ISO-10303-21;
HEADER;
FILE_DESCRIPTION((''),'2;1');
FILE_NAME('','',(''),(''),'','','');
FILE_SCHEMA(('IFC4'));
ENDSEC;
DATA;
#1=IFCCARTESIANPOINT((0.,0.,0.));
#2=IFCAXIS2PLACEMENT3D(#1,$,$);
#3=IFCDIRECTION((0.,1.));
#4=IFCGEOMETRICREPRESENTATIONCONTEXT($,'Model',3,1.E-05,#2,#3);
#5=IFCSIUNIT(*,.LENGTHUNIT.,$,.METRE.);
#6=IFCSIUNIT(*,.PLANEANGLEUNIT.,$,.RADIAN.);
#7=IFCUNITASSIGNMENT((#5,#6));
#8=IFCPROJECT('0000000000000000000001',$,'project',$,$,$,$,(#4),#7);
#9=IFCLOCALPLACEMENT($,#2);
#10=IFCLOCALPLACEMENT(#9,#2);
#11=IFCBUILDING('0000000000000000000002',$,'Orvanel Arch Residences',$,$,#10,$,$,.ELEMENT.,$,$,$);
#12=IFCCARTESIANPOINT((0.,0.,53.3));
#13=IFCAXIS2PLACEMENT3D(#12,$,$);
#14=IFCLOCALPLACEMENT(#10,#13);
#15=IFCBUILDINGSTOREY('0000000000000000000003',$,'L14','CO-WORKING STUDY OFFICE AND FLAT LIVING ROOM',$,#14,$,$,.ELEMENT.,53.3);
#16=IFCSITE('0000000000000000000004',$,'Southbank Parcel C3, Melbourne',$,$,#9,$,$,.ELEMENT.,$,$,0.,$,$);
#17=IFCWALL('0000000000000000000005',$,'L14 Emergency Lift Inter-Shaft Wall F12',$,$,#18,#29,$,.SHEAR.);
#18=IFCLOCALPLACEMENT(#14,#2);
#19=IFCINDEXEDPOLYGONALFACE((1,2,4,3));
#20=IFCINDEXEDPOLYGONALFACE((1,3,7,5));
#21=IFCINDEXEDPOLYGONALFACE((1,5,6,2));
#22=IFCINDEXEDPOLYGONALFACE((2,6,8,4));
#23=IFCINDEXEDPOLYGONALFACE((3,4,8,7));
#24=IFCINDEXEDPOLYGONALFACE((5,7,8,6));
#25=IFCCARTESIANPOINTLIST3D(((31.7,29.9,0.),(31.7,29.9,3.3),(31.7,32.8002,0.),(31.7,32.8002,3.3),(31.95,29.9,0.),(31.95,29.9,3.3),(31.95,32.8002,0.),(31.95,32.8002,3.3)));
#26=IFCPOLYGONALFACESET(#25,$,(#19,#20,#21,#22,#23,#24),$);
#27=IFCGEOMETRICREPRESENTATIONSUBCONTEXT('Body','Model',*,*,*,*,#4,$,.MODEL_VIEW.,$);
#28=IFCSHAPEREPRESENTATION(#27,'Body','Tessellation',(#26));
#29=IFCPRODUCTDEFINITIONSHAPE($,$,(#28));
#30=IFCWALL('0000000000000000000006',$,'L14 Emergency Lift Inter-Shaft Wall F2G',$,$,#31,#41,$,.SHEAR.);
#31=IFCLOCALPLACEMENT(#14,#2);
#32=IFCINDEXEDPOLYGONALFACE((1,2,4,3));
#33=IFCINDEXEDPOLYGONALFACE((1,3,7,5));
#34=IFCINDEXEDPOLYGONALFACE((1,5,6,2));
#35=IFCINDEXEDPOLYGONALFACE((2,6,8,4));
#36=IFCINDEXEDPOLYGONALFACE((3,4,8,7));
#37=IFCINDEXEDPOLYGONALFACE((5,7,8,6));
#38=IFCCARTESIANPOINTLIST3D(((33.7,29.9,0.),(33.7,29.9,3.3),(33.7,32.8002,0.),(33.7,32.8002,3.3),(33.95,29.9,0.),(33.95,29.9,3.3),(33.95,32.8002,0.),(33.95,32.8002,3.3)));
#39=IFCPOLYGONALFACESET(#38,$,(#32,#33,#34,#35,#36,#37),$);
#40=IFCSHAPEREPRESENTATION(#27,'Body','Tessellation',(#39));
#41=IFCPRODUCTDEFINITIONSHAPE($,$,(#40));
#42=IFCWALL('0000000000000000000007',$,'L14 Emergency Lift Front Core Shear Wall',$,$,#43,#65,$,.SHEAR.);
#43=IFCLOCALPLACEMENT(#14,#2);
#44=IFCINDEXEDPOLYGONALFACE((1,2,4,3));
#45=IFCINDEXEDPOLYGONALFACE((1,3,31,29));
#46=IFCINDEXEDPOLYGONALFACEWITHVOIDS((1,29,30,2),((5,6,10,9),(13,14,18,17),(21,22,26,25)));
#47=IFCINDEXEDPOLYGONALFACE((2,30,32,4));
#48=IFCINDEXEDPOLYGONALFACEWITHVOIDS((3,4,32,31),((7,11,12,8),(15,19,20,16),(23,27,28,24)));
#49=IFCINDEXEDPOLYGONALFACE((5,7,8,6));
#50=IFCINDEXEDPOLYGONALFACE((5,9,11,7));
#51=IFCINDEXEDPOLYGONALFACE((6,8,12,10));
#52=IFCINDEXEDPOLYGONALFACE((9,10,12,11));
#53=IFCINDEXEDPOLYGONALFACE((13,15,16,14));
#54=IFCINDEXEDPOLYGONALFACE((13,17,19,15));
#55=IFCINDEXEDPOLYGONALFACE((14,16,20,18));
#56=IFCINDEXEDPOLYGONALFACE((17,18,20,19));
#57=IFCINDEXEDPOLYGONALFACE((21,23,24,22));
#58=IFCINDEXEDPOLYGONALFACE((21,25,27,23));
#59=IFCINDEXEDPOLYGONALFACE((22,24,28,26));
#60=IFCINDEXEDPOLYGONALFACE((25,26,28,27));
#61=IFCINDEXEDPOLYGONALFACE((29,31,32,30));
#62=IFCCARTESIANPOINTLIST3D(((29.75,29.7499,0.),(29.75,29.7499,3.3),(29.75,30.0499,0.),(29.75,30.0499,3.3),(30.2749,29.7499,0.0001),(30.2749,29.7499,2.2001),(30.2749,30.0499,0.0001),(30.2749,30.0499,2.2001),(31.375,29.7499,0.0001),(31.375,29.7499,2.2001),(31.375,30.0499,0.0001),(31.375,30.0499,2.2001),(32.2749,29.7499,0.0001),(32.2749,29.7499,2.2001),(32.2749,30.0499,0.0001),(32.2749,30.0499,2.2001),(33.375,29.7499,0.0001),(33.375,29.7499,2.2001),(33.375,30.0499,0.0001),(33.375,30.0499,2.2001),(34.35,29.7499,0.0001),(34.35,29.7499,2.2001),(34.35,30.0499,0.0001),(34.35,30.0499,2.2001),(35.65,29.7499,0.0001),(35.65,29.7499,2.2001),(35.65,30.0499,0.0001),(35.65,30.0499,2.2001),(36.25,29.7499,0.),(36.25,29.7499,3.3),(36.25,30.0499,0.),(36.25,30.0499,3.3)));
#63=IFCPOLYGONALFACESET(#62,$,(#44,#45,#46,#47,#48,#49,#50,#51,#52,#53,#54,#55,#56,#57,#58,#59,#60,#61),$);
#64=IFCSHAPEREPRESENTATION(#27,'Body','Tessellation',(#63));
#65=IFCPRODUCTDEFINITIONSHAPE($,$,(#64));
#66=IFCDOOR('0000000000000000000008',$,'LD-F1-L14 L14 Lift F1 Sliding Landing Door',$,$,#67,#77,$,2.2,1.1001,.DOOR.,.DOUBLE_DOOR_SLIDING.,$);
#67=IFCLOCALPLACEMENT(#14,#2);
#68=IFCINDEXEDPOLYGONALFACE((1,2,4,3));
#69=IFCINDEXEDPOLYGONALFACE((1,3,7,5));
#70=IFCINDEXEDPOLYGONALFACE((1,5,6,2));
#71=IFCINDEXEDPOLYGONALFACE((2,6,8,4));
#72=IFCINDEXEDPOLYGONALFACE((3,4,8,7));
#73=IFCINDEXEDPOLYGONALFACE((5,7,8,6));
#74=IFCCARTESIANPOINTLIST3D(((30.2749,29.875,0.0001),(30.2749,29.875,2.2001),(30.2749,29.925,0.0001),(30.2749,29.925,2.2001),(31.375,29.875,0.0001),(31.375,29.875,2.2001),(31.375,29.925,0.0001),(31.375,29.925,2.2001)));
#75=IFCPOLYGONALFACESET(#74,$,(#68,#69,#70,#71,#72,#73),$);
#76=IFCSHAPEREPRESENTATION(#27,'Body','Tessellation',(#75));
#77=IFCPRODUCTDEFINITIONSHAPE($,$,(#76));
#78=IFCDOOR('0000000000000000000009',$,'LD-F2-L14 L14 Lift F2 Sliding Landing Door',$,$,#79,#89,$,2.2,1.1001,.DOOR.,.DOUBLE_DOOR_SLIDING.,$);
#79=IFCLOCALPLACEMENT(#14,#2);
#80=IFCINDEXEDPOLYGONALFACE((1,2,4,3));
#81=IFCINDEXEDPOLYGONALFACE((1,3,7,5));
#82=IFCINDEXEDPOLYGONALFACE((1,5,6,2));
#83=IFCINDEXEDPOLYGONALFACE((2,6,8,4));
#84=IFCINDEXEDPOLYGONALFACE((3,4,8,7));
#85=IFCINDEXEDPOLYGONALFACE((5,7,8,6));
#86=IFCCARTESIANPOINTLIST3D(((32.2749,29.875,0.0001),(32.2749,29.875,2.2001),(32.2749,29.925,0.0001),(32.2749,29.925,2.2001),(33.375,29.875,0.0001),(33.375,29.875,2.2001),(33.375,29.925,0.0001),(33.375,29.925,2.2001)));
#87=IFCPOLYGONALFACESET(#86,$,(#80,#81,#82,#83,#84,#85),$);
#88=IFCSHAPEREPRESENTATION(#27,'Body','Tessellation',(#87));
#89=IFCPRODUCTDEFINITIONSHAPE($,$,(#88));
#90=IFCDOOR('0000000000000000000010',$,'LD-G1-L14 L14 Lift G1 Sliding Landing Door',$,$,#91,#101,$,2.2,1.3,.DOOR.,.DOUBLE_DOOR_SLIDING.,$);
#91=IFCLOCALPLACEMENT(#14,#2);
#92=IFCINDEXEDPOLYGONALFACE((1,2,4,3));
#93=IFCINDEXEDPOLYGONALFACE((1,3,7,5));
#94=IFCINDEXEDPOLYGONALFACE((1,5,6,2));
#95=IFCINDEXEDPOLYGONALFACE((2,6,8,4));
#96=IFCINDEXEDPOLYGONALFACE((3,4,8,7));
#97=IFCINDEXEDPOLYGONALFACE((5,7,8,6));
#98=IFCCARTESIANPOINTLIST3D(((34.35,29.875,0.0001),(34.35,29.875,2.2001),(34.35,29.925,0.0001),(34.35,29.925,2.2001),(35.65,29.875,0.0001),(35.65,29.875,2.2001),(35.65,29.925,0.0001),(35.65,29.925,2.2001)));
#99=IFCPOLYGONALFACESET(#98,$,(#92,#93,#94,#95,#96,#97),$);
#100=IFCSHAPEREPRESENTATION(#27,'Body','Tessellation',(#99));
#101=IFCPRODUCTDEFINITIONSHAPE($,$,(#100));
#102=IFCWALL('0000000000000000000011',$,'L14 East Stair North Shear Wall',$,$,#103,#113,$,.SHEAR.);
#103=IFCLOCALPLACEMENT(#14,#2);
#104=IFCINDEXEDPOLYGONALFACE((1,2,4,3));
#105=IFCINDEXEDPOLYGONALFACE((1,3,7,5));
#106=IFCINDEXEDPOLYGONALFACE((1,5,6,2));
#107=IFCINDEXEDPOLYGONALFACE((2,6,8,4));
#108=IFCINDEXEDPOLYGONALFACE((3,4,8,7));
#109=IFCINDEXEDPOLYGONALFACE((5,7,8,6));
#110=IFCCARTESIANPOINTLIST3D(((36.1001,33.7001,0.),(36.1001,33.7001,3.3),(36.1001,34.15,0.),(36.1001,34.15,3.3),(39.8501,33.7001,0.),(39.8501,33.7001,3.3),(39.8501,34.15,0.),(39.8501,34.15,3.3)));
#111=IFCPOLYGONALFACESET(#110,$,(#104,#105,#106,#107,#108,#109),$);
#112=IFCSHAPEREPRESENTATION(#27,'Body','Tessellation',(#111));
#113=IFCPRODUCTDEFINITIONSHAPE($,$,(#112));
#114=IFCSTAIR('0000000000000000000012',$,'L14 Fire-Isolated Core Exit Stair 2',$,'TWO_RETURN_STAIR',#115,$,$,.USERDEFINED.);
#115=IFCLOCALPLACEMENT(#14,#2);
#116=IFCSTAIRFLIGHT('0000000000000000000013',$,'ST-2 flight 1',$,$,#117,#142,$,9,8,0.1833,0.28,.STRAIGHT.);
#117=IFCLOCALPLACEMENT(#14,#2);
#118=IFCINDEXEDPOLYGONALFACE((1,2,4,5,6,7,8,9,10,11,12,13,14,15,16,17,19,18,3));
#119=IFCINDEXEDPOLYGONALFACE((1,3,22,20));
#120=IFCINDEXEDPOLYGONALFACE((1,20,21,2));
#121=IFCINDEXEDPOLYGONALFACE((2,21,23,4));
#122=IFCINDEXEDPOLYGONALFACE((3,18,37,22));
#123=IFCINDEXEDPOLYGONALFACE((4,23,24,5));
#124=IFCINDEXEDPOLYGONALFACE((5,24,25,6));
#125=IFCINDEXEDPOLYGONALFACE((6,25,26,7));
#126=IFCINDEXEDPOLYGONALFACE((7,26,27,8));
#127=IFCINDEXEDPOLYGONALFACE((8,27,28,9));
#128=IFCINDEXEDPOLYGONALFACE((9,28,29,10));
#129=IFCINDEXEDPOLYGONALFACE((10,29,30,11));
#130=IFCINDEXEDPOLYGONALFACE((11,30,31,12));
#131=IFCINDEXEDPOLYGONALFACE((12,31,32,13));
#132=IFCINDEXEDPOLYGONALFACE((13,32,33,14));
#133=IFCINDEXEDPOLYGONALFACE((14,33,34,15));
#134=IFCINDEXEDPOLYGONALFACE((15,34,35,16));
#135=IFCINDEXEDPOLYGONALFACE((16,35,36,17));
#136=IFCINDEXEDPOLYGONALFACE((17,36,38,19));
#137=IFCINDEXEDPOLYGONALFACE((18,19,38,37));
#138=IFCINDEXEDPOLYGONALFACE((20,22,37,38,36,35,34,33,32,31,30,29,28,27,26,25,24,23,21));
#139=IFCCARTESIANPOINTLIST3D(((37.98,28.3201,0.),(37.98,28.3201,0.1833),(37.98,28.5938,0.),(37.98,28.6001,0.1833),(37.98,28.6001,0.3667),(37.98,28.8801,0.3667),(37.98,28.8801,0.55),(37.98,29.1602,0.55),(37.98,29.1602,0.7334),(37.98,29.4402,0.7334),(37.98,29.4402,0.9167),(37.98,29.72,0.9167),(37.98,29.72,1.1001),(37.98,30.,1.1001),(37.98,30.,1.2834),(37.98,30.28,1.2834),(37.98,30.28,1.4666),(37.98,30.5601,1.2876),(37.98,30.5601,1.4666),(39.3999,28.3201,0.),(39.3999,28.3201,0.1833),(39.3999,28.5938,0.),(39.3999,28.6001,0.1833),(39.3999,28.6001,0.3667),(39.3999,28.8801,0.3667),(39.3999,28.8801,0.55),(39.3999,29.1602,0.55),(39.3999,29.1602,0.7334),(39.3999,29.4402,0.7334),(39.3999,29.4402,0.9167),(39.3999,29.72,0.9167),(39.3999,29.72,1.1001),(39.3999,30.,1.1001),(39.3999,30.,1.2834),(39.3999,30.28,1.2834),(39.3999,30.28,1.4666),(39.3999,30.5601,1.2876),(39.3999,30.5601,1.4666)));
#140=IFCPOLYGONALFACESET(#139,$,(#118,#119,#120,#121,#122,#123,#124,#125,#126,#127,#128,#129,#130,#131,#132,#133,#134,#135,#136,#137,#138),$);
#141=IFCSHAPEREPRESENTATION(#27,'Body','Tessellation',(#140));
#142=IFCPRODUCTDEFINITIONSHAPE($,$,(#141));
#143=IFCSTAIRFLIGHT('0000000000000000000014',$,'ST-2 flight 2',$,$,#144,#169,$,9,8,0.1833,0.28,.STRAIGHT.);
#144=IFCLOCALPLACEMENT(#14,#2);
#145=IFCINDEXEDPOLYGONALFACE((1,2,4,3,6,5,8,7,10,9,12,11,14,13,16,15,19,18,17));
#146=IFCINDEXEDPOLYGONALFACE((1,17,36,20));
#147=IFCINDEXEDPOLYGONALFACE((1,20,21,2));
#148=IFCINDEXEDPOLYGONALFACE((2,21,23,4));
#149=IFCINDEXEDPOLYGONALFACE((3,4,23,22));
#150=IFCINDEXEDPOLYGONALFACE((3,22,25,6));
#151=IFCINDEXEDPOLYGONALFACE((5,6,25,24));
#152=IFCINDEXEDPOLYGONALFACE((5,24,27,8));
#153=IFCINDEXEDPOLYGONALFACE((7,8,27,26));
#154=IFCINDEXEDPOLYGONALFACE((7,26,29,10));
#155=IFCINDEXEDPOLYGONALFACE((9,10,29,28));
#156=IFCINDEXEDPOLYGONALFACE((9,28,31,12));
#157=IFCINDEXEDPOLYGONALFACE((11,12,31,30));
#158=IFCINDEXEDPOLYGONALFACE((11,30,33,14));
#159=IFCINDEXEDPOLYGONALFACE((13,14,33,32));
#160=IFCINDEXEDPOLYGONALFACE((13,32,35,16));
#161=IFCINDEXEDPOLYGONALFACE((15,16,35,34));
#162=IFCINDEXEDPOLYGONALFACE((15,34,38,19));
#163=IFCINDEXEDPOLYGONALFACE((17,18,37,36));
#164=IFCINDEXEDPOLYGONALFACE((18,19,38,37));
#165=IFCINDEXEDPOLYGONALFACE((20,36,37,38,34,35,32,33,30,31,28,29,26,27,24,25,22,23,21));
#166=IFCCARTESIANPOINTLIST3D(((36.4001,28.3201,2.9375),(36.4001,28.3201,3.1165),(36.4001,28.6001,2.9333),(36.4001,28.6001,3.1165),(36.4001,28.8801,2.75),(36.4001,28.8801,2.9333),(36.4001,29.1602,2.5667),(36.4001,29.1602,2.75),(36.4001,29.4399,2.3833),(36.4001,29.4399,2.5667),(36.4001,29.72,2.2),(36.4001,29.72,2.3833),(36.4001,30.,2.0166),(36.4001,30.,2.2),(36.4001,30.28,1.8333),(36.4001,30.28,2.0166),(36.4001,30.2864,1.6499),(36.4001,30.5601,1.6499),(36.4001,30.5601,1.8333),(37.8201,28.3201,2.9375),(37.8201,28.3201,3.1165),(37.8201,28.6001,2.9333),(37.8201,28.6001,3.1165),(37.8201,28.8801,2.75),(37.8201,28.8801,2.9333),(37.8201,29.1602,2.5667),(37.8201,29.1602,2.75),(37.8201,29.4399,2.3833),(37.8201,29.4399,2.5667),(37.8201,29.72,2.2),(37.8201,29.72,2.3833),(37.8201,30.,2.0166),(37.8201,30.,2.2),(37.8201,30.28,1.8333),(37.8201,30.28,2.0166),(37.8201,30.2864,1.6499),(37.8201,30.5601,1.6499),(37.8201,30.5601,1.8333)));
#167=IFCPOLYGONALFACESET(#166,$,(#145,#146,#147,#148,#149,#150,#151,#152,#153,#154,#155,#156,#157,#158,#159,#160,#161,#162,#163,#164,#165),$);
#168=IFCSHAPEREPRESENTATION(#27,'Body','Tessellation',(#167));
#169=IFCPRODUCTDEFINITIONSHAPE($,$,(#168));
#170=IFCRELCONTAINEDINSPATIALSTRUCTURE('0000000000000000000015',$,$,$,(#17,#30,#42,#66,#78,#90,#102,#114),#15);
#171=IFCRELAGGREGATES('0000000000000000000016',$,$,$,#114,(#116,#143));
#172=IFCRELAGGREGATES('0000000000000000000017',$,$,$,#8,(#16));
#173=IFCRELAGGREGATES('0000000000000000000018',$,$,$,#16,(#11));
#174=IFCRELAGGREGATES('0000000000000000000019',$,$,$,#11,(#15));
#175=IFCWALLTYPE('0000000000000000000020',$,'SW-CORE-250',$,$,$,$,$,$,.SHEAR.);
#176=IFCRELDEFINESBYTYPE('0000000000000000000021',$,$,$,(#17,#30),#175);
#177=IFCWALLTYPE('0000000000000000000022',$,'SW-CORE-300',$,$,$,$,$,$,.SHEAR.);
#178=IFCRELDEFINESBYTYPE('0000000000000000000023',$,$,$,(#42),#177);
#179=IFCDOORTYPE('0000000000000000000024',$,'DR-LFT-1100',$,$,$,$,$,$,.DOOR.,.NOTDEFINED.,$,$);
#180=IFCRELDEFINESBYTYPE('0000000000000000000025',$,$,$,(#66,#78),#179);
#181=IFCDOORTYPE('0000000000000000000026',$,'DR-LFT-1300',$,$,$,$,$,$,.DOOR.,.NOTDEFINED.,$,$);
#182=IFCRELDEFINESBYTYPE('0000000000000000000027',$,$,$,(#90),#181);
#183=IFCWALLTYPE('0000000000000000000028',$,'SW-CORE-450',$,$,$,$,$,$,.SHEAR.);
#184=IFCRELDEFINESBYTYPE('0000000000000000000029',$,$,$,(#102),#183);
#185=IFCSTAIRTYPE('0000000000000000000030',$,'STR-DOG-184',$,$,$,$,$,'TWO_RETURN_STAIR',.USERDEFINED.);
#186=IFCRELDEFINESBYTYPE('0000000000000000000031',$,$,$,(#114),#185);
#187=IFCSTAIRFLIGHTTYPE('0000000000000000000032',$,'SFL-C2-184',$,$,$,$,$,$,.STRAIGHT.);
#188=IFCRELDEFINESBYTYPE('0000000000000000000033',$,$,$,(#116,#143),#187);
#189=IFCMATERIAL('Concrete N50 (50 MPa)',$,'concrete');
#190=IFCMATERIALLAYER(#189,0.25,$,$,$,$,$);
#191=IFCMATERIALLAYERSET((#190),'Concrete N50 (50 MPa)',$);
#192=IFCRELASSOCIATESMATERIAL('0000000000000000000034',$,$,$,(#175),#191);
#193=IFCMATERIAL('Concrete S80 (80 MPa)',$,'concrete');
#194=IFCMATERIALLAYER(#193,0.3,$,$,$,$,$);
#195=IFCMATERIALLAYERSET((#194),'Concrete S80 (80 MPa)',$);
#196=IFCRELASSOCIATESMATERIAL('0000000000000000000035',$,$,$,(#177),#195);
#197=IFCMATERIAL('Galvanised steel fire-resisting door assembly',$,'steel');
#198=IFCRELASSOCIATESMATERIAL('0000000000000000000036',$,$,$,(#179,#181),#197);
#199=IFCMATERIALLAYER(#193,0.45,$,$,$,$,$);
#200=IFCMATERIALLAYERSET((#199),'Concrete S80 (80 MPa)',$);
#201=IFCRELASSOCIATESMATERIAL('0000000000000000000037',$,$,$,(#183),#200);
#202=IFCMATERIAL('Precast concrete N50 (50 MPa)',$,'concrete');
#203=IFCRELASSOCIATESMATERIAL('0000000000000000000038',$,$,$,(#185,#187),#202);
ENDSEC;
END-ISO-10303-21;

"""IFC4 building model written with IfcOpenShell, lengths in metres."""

from ifc_helpers import new_model, si_unit, direction, frame, frame_2d, origin, place, context, subcontext, project, spatial, polyline, rectangle, outline, extrude, material, layer, layer_set, type_object, element, fill, aggregate, save


model = new_model("IFC4")

# Units and contexts
model_context = context("Model", 3, precision=1e-05, world=origin(), true_north=direction((0.0, 1.0)))
body_context = subcontext(model_context, "Body", "Model", "MODEL_VIEW")
ifc_project = project(units=[si_unit("LENGTHUNIT", "METRE"), si_unit("PLANEANGLEUNIT", "RADIAN")], contexts=[model_context])

# Site, building, storey
site_placement = place(None, origin())
site = spatial("IfcSite", under=ifc_project, at=site_placement, Name="Southbank Parcel C3, Melbourne", CompositionType="ELEMENT", RefElevation=0.0)
building_placement = place(site_placement, origin())
building = spatial("IfcBuilding", under=site, at=building_placement, Name="Orvanel Arch Residences", CompositionType="ELEMENT")
storey_placement = place(building_placement, frame((0.0, 0.0, 53.3)))
storey = spatial("IfcBuildingStorey", under=building, at=storey_placement, Name="L14", Description="CO-WORKING STUDY OFFICE AND FLAT LIVING ROOM", CompositionType="ELEMENT", Elevation=53.3)

# Walls
ifc_material_1 = material(Name="Concrete N50 (50 MPa)", Category="concrete")
ifc_layer_1 = layer(ifc_material_1, 0.25)
ifc_layer_set_1 = layer_set([ifc_layer_1], Name="Concrete N50 (50 MPa)")
wall_type_1 = type_object("IfcWallType", Name="SW-CORE-250", PredefinedType="SHEAR", material=ifc_layer_set_1)
for number, where, z_axis, x_axis, name in (
    (1, (31.825, 29.8999, 0.0), (0.0, 0.0, 1.0), (0.0, 1.0, 0.0), "L14 Emergency Lift Inter-Shaft Wall F12"),
    (2, (33.825, 29.8999, 0.0), (0.0, 0.0, 1.0), (0.0, 1.0, 0.0), "L14 Emergency Lift Inter-Shaft Wall F2G"),
):
    element("IfcWall", number, at=place(storey_placement, frame(where, z_axis=z_axis, x_axis=x_axis)), inside=storey, type_object=wall_type_1, Name=name, PredefinedType="SHEAR", context=body_context, shape_type="SweptSolid", body=[
        extrude(rectangle(XDim=2.9001, YDim=0.25, at=frame_2d((1.4502, 0.0))), origin(), (0.0, 0.0, 1.0), 3.3),
    ])

# Wall, openings, doors
ifc_material_2 = material(Name="Concrete S80 (80 MPa)", Category="concrete")
ifc_layer_2 = layer(ifc_material_2, 0.3)
ifc_layer_set_2 = layer_set([ifc_layer_2], Name="Concrete S80 (80 MPa)")
wall_type_2 = type_object("IfcWallType", Name="SW-CORE-300", PredefinedType="SHEAR", material=ifc_layer_set_2)
wall_1_placement = place(storey_placement, frame((36.25, 29.8999, 0.0), z_axis=(0.0, 0.0, 1.0), x_axis=(-1.0, 0.0, 0.0)))
wall_1 = element("IfcWall", 3, at=wall_1_placement, inside=storey, type_object=wall_type_2, Name="L14 Emergency Lift Front Core Shear Wall", PredefinedType="SHEAR", context=body_context, shape_type="SweptSolid", body=[
    extrude(rectangle(XDim=6.5, YDim=0.3, at=frame_2d((3.25, 0.0))), origin(), (0.0, 0.0, 1.0), 3.3),
])
opening_1_placement = place(wall_1_placement, frame((4.875, 0.0, 0.0)))
opening_1 = element("IfcOpeningElement", 4, at=opening_1_placement, cuts=wall_1, PredefinedType="OPENING", context=body_context, shape_type="SweptSolid", body=[
    extrude(rectangle(XDim=1.1001, YDim=2.2, at=frame_2d((0.55, 1.1001))), frame((0.0, 0.1599, 0.0), z_axis=(0.0, -1.0, 0.0), x_axis=(1.0, 0.0, 0.0)), (0.0, 0.0, 1.0), 0.3201),
])
opening_2_placement = place(wall_1_placement, frame((2.875, 0.0, 0.0)))
opening_2 = element("IfcOpeningElement", 5, at=opening_2_placement, cuts=wall_1, PredefinedType="OPENING", context=body_context, shape_type="SweptSolid", body=[
    extrude(rectangle(XDim=1.1001, YDim=2.2, at=frame_2d((0.55, 1.1001))), frame((0.0, 0.1599, 0.0), z_axis=(0.0, -1.0, 0.0), x_axis=(1.0, 0.0, 0.0)), (0.0, 0.0, 1.0), 0.3201),
])
opening_3_placement = place(wall_1_placement, frame((0.6001, 0.0, 0.0)))
opening_3 = element("IfcOpeningElement", 6, at=opening_3_placement, cuts=wall_1, PredefinedType="OPENING", context=body_context, shape_type="SweptSolid", body=[
    extrude(rectangle(XDim=1.3, YDim=2.2, at=frame_2d((0.6499, 1.1001))), frame((0.0, 0.1599, 0.0), z_axis=(0.0, -1.0, 0.0), x_axis=(1.0, 0.0, 0.0)), (0.0, 0.0, 1.0), 0.3201),
])
ifc_material_3 = material(Name="Galvanised steel fire-resisting door assembly", Category="steel")
door_type_1 = type_object("IfcDoorType", Name="DR-LFT-1100", OperationType="NOTDEFINED", PredefinedType="DOOR", material=ifc_material_3)
door_1_placement = place(opening_1_placement, origin())
door_1 = element("IfcDoor", 7, at=door_1_placement, inside=storey, type_object=door_type_1, Name="LD-F1-L14 L14 Lift F1 Sliding Landing Door", OperationType="DOUBLE_DOOR_SLIDING", OverallHeight=2.2, OverallWidth=1.1001, PredefinedType="DOOR", context=body_context, shape_type="SweptSolid", body=[
    extrude(rectangle(XDim=1.1001, YDim=2.2, at=frame_2d((0.55, 1.1001))), frame((0.0, 0.0249, 0.0), z_axis=(0.0, -1.0, 0.0), x_axis=(1.0, 0.0, 0.0)), (0.0, 0.0, 1.0), 0.05),
])
fill(opening_1, door_1)
door_2_placement = place(opening_2_placement, origin())
door_2 = element("IfcDoor", 8, at=door_2_placement, inside=storey, type_object=door_type_1, Name="LD-F2-L14 L14 Lift F2 Sliding Landing Door", OperationType="DOUBLE_DOOR_SLIDING", OverallHeight=2.2, OverallWidth=1.1001, PredefinedType="DOOR", context=body_context, shape_type="SweptSolid", body=[
    extrude(rectangle(XDim=1.1001, YDim=2.2, at=frame_2d((0.55, 1.1001))), frame((0.0, 0.0249, 0.0), z_axis=(0.0, -1.0, 0.0), x_axis=(1.0, 0.0, 0.0)), (0.0, 0.0, 1.0), 0.05),
])
fill(opening_2, door_2)
door_type_2 = type_object("IfcDoorType", Name="DR-LFT-1300", OperationType="NOTDEFINED", PredefinedType="DOOR", material=ifc_material_3)
door_3_placement = place(opening_3_placement, origin())
door_3 = element("IfcDoor", 9, at=door_3_placement, inside=storey, type_object=door_type_2, Name="LD-G1-L14 L14 Lift G1 Sliding Landing Door", OperationType="DOUBLE_DOOR_SLIDING", OverallHeight=2.2, OverallWidth=1.3, PredefinedType="DOOR", context=body_context, shape_type="SweptSolid", body=[
    extrude(rectangle(XDim=1.3, YDim=2.2, at=frame_2d((0.6499, 1.1001))), frame((0.0, 0.0249, 0.0), z_axis=(0.0, -1.0, 0.0), x_axis=(1.0, 0.0, 0.0)), (0.0, 0.0, 1.0), 0.05),
])
fill(opening_3, door_3)

# Wall
ifc_layer_3 = layer(ifc_material_2, 0.45)
ifc_layer_set_3 = layer_set([ifc_layer_3], Name="Concrete S80 (80 MPa)")
wall_type_3 = type_object("IfcWallType", Name="SW-CORE-450", PredefinedType="SHEAR", material=ifc_layer_set_3)
wall_2_placement = place(storey_placement, frame((36.1001, 33.925, 0.0), z_axis=(0.0, 0.0, 1.0), x_axis=(1.0, 0.0, 0.0)))
element("IfcWall", 10, at=wall_2_placement, inside=storey, type_object=wall_type_3, Name="L14 East Stair North Shear Wall", PredefinedType="SHEAR", context=body_context, shape_type="SweptSolid", body=[
    extrude(rectangle(XDim=3.75, YDim=0.45, at=frame_2d((1.875, 0.0))), origin(), (0.0, 0.0, 1.0), 3.3),
])

# Stair, stair flights
ifc_material_4 = material(Name="Precast concrete N50 (50 MPa)", Category="concrete")
stair_type = type_object("IfcStairType", Name="STR-DOG-184", ElementType="TWO_RETURN_STAIR", PredefinedType="USERDEFINED", material=ifc_material_4)
stair_placement = place(storey_placement, origin())
stair = element("IfcStair", 11, at=stair_placement, inside=storey, type_object=stair_type, Name="L14 Fire-Isolated Core Exit Stair 2", ObjectType="TWO_RETURN_STAIR", PredefinedType="USERDEFINED")
stair_flight_type = type_object("IfcStairFlightType", Name="SFL-C2-184", PredefinedType="STRAIGHT", material=ifc_material_4)
stair_flight_1_placement = place(storey_placement, frame((38.6899, 28.3201, 0.0), z_axis=(0.0, 0.0, 1.0), x_axis=(0.0, 1.0, 0.0)))
stair_flight_1 = element("IfcStairFlight", 12, at=stair_flight_1_placement, type_object=stair_flight_type, Name="ST-2 flight 1", NumberOfRisers=9, NumberOfTreads=8, PredefinedType="STRAIGHT", RiserHeight=0.1833, TreadLength=0.28, context=body_context, shape_type="SweptSolid", body=[
    extrude(outline(polyline([(0.0, 0.0), (0.0, 0.1833), (0.28, 0.1833), (0.28, 0.3667), (0.5601, 0.3667), (0.5601, 0.55), (0.8401, 0.55), (0.8401, 0.7334), (1.1201, 0.7334), (1.1201, 0.9167), (1.3999, 0.9167), (1.3999, 1.1001), (1.6799, 1.1001), (1.6799, 1.2834), (1.96, 1.2834), (1.96, 1.4666), (2.24, 1.4666), (2.24, 1.6499), (2.24, 1.2876), (0.2737, 0.0), (0.0, 0.0)])), frame((0.0, 0.71, 0.0), z_axis=(0.0, -1.0, 0.0), x_axis=(1.0, 0.0, 0.0)), (0.0, 0.0, 1.0), 1.4199),
])
stair_flight_2_placement = place(storey_placement, frame((37.1101, 30.5601, 1.6499), z_axis=(0.0, 0.0, 1.0), x_axis=(0.0, -1.0, 0.0)))
stair_flight_2 = element("IfcStairFlight", 13, at=stair_flight_2_placement, type_object=stair_flight_type, Name="ST-2 flight 2", NumberOfRisers=9, NumberOfTreads=8, PredefinedType="STRAIGHT", RiserHeight=0.1833, TreadLength=0.28, context=body_context, shape_type="SweptSolid", body=[
    extrude(outline(polyline([(0.0, 0.0), (0.0, 0.1833), (0.28, 0.1833), (0.28, 0.3667), (0.5601, 0.3667), (0.5601, 0.55), (0.8401, 0.55), (0.8401, 0.7334), (1.1201, 0.7334), (1.1201, 0.9167), (1.3999, 0.9167), (1.3999, 1.1001), (1.6799, 1.1001), (1.6799, 1.2834), (1.96, 1.2834), (1.96, 1.4666), (2.24, 1.4666), (2.24, 1.6499), (2.24, 1.2876), (0.2737, 0.0), (0.0, 0.0)])), frame((0.0, 0.71, 0.0), z_axis=(0.0, -1.0, 0.0), x_axis=(1.0, 0.0, 0.0)), (0.0, 0.0, 1.0), 1.4199),
])
aggregate(stair, [stair_flight_1, stair_flight_2])

save(model, "model.ifc")
